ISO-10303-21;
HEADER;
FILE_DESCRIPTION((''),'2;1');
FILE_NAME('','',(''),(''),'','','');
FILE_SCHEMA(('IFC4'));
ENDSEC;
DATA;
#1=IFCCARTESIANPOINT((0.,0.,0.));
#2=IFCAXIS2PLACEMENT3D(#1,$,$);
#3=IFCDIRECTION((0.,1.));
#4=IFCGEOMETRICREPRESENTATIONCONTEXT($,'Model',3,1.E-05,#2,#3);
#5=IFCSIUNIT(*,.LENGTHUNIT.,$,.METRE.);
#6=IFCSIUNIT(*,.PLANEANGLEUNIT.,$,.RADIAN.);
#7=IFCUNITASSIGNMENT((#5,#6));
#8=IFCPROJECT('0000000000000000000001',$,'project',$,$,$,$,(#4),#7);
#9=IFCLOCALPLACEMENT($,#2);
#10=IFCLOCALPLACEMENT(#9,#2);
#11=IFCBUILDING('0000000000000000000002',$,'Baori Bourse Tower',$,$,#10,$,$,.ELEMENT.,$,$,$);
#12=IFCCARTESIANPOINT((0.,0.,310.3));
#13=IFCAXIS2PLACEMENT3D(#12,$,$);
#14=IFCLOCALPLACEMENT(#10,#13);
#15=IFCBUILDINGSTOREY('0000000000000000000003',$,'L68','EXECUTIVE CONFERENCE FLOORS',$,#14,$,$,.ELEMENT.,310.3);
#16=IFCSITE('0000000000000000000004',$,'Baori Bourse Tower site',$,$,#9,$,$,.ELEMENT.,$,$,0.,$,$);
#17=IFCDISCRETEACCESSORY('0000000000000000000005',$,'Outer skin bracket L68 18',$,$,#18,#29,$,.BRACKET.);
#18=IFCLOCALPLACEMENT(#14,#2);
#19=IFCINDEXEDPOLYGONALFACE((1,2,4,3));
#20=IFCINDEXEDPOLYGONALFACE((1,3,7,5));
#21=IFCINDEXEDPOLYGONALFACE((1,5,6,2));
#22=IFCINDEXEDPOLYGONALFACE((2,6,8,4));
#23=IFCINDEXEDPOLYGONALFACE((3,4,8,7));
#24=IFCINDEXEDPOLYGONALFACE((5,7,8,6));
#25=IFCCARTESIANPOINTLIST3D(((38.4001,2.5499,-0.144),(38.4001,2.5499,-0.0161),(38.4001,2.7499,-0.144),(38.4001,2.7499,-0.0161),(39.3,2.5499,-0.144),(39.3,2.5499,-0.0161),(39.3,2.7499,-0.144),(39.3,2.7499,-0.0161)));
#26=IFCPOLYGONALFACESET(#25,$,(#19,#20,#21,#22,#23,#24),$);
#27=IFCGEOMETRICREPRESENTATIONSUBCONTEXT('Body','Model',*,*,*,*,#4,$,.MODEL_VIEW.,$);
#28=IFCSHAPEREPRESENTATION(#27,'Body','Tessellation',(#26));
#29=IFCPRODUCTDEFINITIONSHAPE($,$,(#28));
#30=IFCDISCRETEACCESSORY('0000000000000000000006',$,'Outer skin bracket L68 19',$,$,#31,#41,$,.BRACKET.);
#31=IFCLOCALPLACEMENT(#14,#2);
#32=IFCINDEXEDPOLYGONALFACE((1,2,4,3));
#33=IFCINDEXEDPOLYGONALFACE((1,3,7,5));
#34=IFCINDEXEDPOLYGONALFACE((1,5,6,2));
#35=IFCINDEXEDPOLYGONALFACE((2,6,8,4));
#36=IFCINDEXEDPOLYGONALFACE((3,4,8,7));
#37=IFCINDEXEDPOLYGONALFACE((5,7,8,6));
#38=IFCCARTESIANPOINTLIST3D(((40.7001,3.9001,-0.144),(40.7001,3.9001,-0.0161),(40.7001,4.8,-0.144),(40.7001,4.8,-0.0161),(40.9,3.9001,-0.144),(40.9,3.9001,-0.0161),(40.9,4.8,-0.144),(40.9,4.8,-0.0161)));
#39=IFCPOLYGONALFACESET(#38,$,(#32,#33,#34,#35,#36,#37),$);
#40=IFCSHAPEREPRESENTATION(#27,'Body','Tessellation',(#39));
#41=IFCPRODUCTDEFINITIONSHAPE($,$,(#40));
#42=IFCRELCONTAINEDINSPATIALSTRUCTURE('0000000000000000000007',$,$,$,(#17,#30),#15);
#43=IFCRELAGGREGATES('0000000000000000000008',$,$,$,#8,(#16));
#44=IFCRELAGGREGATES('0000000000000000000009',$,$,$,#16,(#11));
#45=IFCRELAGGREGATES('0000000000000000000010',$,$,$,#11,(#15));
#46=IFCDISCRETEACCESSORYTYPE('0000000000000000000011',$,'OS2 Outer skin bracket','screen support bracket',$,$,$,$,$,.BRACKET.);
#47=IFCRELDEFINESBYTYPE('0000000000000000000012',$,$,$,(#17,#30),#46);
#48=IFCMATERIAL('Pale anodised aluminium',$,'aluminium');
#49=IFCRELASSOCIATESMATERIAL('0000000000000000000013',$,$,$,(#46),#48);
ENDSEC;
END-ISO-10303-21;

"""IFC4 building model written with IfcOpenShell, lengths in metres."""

from ifc_helpers import new_model, si_unit, direction, frame, origin, origin_2d, place, context, subcontext, project, spatial, rectangle, extrude, material, type_object, element, save


model = new_model("IFC4")

# Units and contexts
model_context = context("Model", 3, precision=1e-05, world=origin(), true_north=direction((0.0, 1.0)))
body_context = subcontext(model_context, "Body", "Model", "MODEL_VIEW")
ifc_project = project(units=[si_unit("LENGTHUNIT", "METRE"), si_unit("PLANEANGLEUNIT", "RADIAN")], contexts=[model_context])

# Site, building, storey
site_placement = place(None, origin())
site = spatial("IfcSite", under=ifc_project, at=site_placement, Name="Baori Bourse Tower site", CompositionType="ELEMENT", RefElevation=0.0)
building_placement = place(site_placement, origin())
building = spatial("IfcBuilding", under=site, at=building_placement, Name="Baori Bourse Tower", CompositionType="ELEMENT")
storey_placement = place(building_placement, frame((0.0, 0.0, 310.3)))
storey = spatial("IfcBuildingStorey", under=building, at=storey_placement, Name="L68", Description="EXECUTIVE CONFERENCE FLOORS", CompositionType="ELEMENT", Elevation=310.3)

# Discrete accessories
ifc_material_1 = material(Name="Pale anodised aluminium", Category="aluminium")
discrete_accessory_type = type_object("IfcDiscreteAccessoryType", Name="OS2 Outer skin bracket", Description="screen support bracket", PredefinedType="BRACKET", material=ifc_material_1)
for number, where, z_axis, x_axis, name in (
    (1, (38.8501, 2.6499, -0.144), (0.0, 0.0, 1.0), (0.0, 1.0, 0.0), "Outer skin bracket L68 18"),
    (2, (40.8, 4.3501, -0.144), (0.0, 0.0, 1.0), (1.0, 0.0, 0.0), "Outer skin bracket L68 19"),
):
    element("IfcDiscreteAccessory", number, at=place(storey_placement, frame(where, z_axis=z_axis, x_axis=x_axis)), inside=storey, type_object=discrete_accessory_type, Name=name, PredefinedType="BRACKET", context=body_context, shape_type="SweptSolid", body=[
        extrude(rectangle(XDim=0.2, YDim=0.8999, at=origin_2d()), origin(), (0.0, 0.0, 1.0), 0.1279),
    ])

save(model, "model.ifc")
